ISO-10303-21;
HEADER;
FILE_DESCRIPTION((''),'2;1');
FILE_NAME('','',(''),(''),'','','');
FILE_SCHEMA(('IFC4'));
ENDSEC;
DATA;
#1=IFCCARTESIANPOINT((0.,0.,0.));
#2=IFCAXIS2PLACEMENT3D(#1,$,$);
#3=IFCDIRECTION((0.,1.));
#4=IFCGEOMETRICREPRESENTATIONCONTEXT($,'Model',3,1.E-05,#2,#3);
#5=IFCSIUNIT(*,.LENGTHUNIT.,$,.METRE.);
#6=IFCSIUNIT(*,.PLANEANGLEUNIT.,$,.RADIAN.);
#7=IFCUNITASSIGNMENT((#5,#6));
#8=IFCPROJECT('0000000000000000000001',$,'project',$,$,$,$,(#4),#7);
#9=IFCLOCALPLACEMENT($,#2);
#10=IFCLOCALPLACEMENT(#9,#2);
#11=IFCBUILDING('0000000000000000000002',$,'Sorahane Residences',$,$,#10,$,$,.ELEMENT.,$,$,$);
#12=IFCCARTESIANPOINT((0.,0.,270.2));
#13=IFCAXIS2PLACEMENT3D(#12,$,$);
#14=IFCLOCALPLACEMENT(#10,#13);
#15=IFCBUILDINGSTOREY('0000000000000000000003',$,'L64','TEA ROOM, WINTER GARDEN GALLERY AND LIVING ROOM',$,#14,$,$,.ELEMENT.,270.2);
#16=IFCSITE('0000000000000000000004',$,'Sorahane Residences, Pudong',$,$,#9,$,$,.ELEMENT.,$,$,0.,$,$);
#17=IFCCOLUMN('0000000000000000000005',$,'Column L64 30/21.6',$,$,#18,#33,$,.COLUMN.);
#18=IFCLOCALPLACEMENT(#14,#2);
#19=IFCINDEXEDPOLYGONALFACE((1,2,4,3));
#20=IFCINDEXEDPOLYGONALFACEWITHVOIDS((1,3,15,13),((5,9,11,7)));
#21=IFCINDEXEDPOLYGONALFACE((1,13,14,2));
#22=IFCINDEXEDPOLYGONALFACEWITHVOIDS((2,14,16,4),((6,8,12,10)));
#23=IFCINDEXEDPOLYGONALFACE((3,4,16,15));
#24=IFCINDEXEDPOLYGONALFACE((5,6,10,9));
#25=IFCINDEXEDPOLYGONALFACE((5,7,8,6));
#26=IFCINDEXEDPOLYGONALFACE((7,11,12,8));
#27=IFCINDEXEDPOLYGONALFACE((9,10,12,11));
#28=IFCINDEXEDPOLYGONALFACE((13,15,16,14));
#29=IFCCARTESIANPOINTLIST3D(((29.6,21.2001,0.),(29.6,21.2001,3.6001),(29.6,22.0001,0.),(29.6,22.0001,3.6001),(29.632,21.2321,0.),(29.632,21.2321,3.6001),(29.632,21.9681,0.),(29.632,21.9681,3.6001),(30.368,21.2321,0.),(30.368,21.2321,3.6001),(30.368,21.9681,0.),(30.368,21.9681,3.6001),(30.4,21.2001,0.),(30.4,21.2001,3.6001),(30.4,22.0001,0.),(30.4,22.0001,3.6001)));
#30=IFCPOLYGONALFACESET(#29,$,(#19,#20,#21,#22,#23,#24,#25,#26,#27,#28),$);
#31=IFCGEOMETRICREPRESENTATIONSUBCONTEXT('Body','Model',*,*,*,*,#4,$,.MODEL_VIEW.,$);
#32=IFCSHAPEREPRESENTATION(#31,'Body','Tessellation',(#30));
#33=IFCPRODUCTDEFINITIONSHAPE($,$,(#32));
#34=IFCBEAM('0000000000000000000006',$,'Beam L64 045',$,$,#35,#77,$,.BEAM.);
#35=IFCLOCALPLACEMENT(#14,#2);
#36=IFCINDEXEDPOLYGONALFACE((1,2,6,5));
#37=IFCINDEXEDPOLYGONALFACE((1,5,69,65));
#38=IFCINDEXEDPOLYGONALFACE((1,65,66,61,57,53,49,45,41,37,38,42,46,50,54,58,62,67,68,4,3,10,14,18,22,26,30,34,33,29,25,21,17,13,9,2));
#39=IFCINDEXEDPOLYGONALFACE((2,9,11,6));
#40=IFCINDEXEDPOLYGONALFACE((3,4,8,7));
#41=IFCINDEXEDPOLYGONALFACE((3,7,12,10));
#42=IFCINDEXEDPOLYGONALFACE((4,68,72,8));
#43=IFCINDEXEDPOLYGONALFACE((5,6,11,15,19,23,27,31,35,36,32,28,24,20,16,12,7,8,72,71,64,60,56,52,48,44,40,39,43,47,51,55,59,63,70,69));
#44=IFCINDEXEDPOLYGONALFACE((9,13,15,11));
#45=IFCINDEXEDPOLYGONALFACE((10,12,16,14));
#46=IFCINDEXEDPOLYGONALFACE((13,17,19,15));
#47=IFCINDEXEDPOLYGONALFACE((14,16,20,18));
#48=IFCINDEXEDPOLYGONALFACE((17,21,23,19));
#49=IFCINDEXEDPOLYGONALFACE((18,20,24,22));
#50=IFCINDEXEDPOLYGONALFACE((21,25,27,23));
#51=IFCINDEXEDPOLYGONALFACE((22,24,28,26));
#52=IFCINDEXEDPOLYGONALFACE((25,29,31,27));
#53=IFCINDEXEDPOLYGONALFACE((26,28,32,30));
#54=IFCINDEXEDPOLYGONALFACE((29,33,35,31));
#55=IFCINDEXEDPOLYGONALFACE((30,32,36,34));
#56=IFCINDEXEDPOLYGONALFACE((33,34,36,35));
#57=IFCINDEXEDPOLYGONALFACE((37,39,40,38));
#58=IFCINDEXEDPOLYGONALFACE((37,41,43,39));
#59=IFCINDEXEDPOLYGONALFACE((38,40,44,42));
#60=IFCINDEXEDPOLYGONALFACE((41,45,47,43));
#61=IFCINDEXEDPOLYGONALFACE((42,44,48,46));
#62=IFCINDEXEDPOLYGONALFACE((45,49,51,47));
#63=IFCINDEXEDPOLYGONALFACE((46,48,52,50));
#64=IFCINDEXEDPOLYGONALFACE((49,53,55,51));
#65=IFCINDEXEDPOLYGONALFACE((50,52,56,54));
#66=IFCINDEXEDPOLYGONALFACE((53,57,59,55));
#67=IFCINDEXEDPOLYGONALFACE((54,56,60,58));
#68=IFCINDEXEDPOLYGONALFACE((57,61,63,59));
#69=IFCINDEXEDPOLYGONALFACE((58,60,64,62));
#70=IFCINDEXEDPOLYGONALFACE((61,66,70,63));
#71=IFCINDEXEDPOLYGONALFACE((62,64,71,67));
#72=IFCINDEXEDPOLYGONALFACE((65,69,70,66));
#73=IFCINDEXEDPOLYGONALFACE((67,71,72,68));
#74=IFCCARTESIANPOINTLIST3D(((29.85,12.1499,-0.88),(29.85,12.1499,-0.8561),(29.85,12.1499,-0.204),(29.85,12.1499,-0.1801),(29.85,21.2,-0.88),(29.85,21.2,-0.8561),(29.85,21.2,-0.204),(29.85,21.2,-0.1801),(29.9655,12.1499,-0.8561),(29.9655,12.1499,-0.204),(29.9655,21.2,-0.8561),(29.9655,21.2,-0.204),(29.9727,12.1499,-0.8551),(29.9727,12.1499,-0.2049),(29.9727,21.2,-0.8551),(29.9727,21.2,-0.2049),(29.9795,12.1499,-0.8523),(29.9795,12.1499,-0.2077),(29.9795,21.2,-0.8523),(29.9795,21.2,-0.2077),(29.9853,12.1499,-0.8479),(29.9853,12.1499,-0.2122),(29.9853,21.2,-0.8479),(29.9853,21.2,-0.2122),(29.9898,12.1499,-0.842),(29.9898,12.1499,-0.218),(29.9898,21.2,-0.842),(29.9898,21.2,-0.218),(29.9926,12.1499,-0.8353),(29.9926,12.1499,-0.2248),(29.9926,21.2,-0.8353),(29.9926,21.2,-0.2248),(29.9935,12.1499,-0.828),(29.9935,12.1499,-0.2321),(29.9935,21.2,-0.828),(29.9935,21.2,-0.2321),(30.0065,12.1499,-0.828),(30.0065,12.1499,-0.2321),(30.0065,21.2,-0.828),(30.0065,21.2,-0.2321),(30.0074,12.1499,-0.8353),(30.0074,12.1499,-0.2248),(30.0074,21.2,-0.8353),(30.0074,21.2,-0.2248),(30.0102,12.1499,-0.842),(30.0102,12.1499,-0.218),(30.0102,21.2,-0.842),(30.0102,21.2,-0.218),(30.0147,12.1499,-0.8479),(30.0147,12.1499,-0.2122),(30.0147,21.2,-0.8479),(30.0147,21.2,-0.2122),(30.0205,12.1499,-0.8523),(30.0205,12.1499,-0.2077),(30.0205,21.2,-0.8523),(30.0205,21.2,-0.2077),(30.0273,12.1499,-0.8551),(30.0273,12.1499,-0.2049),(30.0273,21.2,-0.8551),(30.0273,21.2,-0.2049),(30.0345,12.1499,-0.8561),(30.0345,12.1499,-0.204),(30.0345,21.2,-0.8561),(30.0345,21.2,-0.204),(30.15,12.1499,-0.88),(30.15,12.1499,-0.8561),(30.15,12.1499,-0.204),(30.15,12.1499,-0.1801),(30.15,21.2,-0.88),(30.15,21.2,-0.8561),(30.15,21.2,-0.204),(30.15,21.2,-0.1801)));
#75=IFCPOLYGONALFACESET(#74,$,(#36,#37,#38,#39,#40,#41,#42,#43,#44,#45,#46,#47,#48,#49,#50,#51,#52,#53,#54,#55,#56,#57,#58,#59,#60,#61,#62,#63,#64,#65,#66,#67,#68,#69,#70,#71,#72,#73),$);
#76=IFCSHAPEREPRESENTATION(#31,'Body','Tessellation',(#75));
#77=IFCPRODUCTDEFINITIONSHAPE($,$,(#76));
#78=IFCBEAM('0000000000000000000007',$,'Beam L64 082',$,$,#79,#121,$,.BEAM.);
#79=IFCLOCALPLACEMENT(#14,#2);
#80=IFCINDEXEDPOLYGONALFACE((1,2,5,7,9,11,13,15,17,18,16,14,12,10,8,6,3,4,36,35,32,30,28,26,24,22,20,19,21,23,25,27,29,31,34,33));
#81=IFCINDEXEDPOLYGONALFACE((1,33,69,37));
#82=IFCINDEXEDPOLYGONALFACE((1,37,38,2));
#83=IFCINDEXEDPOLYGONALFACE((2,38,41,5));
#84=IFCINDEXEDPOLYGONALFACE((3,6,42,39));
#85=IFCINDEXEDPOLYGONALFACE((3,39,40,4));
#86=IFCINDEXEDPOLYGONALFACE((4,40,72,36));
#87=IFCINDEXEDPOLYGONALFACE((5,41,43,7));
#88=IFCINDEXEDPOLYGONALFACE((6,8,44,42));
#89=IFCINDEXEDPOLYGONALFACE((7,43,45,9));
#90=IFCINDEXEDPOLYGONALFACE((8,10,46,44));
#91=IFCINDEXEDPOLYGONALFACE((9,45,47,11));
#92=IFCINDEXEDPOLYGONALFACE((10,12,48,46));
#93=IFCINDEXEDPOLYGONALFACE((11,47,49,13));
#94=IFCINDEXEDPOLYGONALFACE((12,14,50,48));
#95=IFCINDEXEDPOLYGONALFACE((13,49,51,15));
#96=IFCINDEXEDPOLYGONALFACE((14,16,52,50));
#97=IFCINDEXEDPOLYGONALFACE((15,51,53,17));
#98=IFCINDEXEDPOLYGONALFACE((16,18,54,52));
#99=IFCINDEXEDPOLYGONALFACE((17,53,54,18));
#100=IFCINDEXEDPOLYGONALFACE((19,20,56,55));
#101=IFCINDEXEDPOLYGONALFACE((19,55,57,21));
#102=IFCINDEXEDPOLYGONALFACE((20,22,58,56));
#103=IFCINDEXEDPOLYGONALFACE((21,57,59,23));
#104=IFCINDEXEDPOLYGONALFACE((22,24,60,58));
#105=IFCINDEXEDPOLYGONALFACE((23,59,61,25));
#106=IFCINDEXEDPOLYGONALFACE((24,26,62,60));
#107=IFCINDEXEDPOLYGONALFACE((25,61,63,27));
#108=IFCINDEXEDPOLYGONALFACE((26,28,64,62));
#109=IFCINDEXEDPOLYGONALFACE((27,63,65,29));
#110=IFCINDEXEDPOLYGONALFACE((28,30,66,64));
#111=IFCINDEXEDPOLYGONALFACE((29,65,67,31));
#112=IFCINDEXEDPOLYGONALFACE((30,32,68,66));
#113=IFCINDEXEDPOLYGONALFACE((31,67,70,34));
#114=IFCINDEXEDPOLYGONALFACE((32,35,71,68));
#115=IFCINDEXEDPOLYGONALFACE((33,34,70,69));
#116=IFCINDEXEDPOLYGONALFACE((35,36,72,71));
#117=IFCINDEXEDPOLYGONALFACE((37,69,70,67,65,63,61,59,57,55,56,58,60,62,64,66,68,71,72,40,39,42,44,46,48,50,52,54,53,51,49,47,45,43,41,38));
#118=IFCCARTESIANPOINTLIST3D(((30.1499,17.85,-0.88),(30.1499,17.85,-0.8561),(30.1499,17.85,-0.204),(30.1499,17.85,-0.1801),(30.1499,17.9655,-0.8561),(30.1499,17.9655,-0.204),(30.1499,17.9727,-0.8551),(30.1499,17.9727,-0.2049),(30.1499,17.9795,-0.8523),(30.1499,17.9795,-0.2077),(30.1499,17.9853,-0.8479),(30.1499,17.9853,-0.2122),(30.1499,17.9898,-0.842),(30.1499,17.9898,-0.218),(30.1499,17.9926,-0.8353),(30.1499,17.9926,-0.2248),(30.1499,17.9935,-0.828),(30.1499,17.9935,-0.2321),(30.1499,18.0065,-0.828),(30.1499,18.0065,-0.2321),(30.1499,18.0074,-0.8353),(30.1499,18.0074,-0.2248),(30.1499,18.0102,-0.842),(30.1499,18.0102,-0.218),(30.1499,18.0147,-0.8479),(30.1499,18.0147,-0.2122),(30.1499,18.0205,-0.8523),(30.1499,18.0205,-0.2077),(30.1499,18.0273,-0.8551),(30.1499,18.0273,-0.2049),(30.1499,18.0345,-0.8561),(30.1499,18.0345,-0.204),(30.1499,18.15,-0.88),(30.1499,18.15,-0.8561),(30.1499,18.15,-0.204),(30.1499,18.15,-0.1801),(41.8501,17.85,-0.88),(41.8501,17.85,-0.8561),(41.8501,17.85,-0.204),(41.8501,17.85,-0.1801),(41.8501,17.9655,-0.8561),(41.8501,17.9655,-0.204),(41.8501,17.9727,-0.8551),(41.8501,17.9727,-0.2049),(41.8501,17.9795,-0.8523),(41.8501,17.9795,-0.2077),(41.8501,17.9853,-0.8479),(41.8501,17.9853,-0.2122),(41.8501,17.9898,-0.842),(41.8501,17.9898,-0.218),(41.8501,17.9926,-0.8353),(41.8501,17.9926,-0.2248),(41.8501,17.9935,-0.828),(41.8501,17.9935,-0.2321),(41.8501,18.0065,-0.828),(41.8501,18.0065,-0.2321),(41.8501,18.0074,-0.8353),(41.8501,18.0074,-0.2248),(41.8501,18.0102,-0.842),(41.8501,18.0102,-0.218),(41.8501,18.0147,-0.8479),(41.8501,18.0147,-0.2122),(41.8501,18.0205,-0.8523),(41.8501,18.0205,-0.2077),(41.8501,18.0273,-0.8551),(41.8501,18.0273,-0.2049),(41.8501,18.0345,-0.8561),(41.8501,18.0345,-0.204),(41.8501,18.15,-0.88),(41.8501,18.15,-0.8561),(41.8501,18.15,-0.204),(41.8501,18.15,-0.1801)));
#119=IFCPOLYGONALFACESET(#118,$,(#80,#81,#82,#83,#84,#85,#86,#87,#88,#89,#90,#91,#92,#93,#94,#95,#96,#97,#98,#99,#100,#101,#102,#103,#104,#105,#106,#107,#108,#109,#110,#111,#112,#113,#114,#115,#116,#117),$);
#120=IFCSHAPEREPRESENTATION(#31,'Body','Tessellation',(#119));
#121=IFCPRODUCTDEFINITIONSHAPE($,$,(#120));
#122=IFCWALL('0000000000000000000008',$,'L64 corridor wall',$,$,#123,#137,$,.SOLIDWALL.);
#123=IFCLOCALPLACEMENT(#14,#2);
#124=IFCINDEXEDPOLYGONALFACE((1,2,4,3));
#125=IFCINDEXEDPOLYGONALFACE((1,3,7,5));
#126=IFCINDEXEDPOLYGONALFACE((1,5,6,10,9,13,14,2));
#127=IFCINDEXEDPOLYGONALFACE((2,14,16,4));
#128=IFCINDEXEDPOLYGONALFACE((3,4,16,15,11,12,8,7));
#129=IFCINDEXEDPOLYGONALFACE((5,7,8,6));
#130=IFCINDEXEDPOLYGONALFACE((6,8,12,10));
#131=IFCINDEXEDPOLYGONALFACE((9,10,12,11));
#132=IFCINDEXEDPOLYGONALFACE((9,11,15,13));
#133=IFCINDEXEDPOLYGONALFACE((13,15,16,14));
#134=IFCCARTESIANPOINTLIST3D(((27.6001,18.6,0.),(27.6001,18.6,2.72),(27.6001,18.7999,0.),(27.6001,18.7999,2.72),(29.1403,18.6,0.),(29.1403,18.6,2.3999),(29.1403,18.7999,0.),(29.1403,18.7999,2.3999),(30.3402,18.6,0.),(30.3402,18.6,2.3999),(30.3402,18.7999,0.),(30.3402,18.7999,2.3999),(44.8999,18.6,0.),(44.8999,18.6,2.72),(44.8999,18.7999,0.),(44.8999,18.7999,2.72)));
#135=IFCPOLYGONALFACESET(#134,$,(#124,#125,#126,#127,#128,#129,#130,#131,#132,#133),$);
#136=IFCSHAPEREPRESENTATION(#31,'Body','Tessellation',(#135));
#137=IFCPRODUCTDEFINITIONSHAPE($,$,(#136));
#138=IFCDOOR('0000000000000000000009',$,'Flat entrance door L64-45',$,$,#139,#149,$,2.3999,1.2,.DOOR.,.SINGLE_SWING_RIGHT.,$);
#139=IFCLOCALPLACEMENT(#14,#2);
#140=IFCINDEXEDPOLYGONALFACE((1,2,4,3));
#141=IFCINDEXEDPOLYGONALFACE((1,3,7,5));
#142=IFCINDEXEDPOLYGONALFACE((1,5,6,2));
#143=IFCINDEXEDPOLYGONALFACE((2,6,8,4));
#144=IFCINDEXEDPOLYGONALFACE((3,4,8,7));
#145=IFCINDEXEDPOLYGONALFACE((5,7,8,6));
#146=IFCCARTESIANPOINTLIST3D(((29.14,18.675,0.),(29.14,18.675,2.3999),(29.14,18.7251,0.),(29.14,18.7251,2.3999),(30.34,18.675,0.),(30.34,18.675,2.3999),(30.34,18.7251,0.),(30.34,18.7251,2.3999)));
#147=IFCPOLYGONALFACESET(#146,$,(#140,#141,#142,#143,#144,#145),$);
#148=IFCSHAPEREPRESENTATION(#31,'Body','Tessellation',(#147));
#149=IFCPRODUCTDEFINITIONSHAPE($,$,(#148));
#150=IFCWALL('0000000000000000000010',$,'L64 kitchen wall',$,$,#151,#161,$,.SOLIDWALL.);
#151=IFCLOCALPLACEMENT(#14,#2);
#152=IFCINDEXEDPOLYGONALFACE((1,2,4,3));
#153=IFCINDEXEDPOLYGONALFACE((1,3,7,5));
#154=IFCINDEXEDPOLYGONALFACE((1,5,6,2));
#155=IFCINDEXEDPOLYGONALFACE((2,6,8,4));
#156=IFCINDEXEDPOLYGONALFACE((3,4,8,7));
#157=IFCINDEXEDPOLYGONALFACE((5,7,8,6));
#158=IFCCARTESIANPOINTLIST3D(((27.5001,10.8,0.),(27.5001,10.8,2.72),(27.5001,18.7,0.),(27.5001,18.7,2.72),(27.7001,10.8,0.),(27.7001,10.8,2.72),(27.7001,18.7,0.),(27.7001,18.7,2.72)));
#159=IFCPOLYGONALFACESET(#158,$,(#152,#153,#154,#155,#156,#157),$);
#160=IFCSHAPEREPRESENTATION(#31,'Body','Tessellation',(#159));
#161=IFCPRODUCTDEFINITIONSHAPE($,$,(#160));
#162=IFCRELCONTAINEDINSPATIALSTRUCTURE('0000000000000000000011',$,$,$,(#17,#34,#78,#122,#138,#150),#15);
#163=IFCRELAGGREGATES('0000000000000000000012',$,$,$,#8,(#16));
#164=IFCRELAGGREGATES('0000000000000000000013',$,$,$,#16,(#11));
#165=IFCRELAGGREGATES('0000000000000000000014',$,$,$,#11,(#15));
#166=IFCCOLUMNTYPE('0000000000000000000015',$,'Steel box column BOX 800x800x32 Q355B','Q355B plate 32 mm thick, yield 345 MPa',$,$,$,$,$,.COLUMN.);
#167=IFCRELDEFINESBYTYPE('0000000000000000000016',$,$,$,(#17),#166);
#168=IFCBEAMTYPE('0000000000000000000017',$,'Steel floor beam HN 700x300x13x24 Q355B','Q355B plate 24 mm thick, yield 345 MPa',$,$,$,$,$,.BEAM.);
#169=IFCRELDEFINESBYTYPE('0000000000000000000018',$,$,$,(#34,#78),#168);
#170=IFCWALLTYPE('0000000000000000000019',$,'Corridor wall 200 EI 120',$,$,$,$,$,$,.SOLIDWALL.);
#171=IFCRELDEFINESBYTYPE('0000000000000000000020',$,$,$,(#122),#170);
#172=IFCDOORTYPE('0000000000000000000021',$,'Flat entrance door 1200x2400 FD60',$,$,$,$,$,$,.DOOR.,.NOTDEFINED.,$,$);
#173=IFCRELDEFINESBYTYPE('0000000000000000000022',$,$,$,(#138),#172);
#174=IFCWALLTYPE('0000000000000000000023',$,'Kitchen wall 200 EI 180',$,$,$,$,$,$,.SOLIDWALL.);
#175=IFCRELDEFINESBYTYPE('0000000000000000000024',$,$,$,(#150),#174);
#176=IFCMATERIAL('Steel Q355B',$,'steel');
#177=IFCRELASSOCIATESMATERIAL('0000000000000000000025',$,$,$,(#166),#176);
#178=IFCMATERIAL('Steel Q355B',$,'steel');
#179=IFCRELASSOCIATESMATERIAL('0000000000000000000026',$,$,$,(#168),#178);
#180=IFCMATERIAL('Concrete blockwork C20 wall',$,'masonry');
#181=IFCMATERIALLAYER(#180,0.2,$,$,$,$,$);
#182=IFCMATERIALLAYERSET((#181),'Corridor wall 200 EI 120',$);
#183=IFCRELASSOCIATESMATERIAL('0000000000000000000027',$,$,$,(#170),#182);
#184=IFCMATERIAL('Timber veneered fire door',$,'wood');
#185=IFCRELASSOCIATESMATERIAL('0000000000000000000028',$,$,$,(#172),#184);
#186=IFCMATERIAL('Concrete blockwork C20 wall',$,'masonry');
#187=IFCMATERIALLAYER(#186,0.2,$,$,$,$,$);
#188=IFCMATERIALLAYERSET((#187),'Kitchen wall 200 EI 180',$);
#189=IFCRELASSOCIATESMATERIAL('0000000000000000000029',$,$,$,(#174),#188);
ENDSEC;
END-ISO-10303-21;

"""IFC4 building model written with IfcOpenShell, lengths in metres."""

from ifc_helpers import new_model, si_unit, direction, frame, frame_2d, origin, origin_2d, place, context, subcontext, project, spatial, rectangle, hollow_rectangle, i_section, extrude, material, layer, layer_set, material_profile, profile_set, type_object, element, fill, save


model = new_model("IFC4")

# Units and contexts
model_context = context("Model", 3, precision=1e-05, world=origin(), true_north=direction((0.0, 1.0)))
body_context = subcontext(model_context, "Body", "Model", "MODEL_VIEW")
ifc_project = project(units=[si_unit("LENGTHUNIT", "METRE"), si_unit("PLANEANGLEUNIT", "RADIAN")], contexts=[model_context])

# Site, building, storey
site_placement = place(None, origin())
site = spatial("IfcSite", under=ifc_project, at=site_placement, Name="Sorahane Residences, Pudong", CompositionType="ELEMENT", RefElevation=0.0)
building_placement = place(site_placement, origin())
building = spatial("IfcBuilding", under=site, at=building_placement, Name="Sorahane Residences", CompositionType="ELEMENT")
storey_placement = place(building_placement, frame((0.0, 0.0, 270.2)))
storey = spatial("IfcBuildingStorey", under=building, at=storey_placement, Name="L64", Description="TEA ROOM, WINTER GARDEN GALLERY AND LIVING ROOM", CompositionType="ELEMENT", Elevation=270.2)

# Column
ifc_material_1 = material(Name="Steel Q355B", Category="steel")
ifc_material_profile_1 = material_profile(ifc_material_1, hollow_rectangle(XDim=0.8, YDim=0.8, WallThickness=0.032, at=origin_2d()), Name="BOX 800x800x32")
ifc_profile_set_1 = profile_set([ifc_material_profile_1], Name="Steel Q355B")
column_type = type_object("IfcColumnType", Name="Steel box column BOX 800x800x32 Q355B", Description="Q355B plate 32 mm thick, yield 345 MPa", PredefinedType="COLUMN", material=ifc_profile_set_1)
column_placement = place(storey_placement, frame((30.0, 21.6001, 0.0), z_axis=(0.0, 0.0, 1.0), x_axis=(1.0, 0.0, 0.0)))
element("IfcColumn", 1, at=column_placement, inside=storey, type_object=column_type, Name="Column L64 30/21.6", PredefinedType="COLUMN", context=body_context, shape_type="SweptSolid", body=[
    extrude(hollow_rectangle(XDim=0.8, YDim=0.8, WallThickness=0.032, at=origin_2d()), origin(), (0.0, 0.0, 1.0), 3.6001),
])

# Beams
ifc_material_2 = material(Name="Steel Q355B", Category="steel")
ifc_material_profile_2 = material_profile(ifc_material_2, i_section(OverallWidth=0.3, OverallDepth=0.7, WebThickness=0.0129, FlangeThickness=0.0239, FilletRadius=0.0281, at=origin_2d()), Name="HN 700x300x13x24")
ifc_profile_set_2 = profile_set([ifc_material_profile_2], Name="Steel Q355B")
beam_type = type_object("IfcBeamType", Name="Steel floor beam HN 700x300x13x24 Q355B", Description="Q355B plate 24 mm thick, yield 345 MPa", PredefinedType="BEAM", material=ifc_profile_set_2)
beam_1_placement = place(storey_placement, frame((30.0, 12.1499, -0.53), z_axis=(0.0, 1.0, 0.0), x_axis=(-1.0, 0.0, 0.0)))
element("IfcBeam", 2, at=beam_1_placement, inside=storey, type_object=beam_type, Name="Beam L64 045", PredefinedType="BEAM", context=body_context, shape_type="SweptSolid", body=[
    extrude(i_section(OverallWidth=0.3, OverallDepth=0.7, WebThickness=0.0129, FlangeThickness=0.0239, FilletRadius=0.0281, at=origin_2d()), origin(), (0.0, 0.0, 1.0), 9.05),
])
beam_2_placement = place(storey_placement, frame((30.1499, 18.0, -0.53), z_axis=(1.0, 0.0, 0.0), x_axis=(0.0, 1.0, 0.0)))
element("IfcBeam", 3, at=beam_2_placement, inside=storey, type_object=beam_type, Name="Beam L64 082", PredefinedType="BEAM", context=body_context, shape_type="SweptSolid", body=[
    extrude(i_section(OverallWidth=0.3, OverallDepth=0.7, WebThickness=0.0129, FlangeThickness=0.0239, FilletRadius=0.0281, at=origin_2d()), origin(), (0.0, 0.0, 1.0), 11.7002),
])

# Wall, opening, door
ifc_material_3 = material(Name="Concrete blockwork C20 wall", Category="masonry")
ifc_layer_1 = layer(ifc_material_3, 0.2)
ifc_layer_set_1 = layer_set([ifc_layer_1], Name="Corridor wall 200 EI 120")
wall_type_1 = type_object("IfcWallType", Name="Corridor wall 200 EI 120", PredefinedType="SOLIDWALL", material=ifc_layer_set_1)
wall_1_placement = place(storey_placement, frame((27.6001, 18.7, 0.0), z_axis=(0.0, 0.0, 1.0), x_axis=(1.0, 0.0, 0.0)))
wall_1 = element("IfcWall", 4, at=wall_1_placement, inside=storey, type_object=wall_type_1, Name="L64 corridor wall", PredefinedType="SOLIDWALL", context=body_context, shape_type="SweptSolid", body=[
    extrude(rectangle(XDim=17.2998, YDim=0.2, at=frame_2d((8.6499, 0.0))), origin(), (0.0, 0.0, 1.0), 2.72),
])
opening_1_placement = place(wall_1_placement, frame((1.54, 0.0, 0.0)))
opening_1 = element("IfcOpeningElement", 5, at=opening_1_placement, cuts=wall_1, PredefinedType="OPENING", context=body_context, shape_type="SweptSolid", body=[
    extrude(rectangle(XDim=1.2, YDim=2.3999, at=frame_2d((0.6001, 1.2))), frame((0.0, 0.1099, 0.0), z_axis=(0.0, -1.0, 0.0), x_axis=(1.0, 0.0, 0.0)), (0.0, 0.0, 1.0), 0.22),
])
ifc_material_4 = material(Name="Timber veneered fire door", Category="wood")
door_type_1 = type_object("IfcDoorType", Name="Flat entrance door 1200x2400 FD60", OperationType="NOTDEFINED", PredefinedType="DOOR", material=ifc_material_4)
door_1_placement = place(opening_1_placement, frame((1.2, 0.0, 0.0), z_axis=(0.0, 0.0, 1.0), x_axis=(-1.0, 0.0, 0.0)))
door_1 = element("IfcDoor", 6, at=door_1_placement, inside=storey, type_object=door_type_1, Name="Flat entrance door L64-45", OperationType="SINGLE_SWING_RIGHT", OverallHeight=2.3999, OverallWidth=1.2, PredefinedType="DOOR", context=body_context, shape_type="SweptSolid", body=[
    extrude(rectangle(XDim=1.2, YDim=2.3999, at=frame_2d((0.6001, 1.2))), frame((0.0, 0.0249, 0.0), z_axis=(0.0, -1.0, 0.0), x_axis=(1.0, 0.0, 0.0)), (0.0, 0.0, 1.0), 0.05),
])
fill(opening_1, door_1)

# Wall
ifc_material_5 = material(Name="Concrete blockwork C20 wall", Category="masonry")
ifc_layer_2 = layer(ifc_material_5, 0.2)
ifc_layer_set_2 = layer_set([ifc_layer_2], Name="Kitchen wall 200 EI 180")
wall_type_2 = type_object("IfcWallType", Name="Kitchen wall 200 EI 180", PredefinedType="SOLIDWALL", material=ifc_layer_set_2)
wall_2_placement = place(storey_placement, frame((27.6001, 10.8, 0.0), z_axis=(0.0, 0.0, 1.0), x_axis=(0.0, 1.0, 0.0)))
element("IfcWall", 7, at=wall_2_placement, inside=storey, type_object=wall_type_2, Name="L64 kitchen wall", PredefinedType="SOLIDWALL", context=body_context, shape_type="SweptSolid", body=[
    extrude(rectangle(XDim=7.8999, YDim=0.2, at=frame_2d((3.95, 0.0))), origin(), (0.0, 0.0, 1.0), 2.72),
])

save(model, "model.ifc")
